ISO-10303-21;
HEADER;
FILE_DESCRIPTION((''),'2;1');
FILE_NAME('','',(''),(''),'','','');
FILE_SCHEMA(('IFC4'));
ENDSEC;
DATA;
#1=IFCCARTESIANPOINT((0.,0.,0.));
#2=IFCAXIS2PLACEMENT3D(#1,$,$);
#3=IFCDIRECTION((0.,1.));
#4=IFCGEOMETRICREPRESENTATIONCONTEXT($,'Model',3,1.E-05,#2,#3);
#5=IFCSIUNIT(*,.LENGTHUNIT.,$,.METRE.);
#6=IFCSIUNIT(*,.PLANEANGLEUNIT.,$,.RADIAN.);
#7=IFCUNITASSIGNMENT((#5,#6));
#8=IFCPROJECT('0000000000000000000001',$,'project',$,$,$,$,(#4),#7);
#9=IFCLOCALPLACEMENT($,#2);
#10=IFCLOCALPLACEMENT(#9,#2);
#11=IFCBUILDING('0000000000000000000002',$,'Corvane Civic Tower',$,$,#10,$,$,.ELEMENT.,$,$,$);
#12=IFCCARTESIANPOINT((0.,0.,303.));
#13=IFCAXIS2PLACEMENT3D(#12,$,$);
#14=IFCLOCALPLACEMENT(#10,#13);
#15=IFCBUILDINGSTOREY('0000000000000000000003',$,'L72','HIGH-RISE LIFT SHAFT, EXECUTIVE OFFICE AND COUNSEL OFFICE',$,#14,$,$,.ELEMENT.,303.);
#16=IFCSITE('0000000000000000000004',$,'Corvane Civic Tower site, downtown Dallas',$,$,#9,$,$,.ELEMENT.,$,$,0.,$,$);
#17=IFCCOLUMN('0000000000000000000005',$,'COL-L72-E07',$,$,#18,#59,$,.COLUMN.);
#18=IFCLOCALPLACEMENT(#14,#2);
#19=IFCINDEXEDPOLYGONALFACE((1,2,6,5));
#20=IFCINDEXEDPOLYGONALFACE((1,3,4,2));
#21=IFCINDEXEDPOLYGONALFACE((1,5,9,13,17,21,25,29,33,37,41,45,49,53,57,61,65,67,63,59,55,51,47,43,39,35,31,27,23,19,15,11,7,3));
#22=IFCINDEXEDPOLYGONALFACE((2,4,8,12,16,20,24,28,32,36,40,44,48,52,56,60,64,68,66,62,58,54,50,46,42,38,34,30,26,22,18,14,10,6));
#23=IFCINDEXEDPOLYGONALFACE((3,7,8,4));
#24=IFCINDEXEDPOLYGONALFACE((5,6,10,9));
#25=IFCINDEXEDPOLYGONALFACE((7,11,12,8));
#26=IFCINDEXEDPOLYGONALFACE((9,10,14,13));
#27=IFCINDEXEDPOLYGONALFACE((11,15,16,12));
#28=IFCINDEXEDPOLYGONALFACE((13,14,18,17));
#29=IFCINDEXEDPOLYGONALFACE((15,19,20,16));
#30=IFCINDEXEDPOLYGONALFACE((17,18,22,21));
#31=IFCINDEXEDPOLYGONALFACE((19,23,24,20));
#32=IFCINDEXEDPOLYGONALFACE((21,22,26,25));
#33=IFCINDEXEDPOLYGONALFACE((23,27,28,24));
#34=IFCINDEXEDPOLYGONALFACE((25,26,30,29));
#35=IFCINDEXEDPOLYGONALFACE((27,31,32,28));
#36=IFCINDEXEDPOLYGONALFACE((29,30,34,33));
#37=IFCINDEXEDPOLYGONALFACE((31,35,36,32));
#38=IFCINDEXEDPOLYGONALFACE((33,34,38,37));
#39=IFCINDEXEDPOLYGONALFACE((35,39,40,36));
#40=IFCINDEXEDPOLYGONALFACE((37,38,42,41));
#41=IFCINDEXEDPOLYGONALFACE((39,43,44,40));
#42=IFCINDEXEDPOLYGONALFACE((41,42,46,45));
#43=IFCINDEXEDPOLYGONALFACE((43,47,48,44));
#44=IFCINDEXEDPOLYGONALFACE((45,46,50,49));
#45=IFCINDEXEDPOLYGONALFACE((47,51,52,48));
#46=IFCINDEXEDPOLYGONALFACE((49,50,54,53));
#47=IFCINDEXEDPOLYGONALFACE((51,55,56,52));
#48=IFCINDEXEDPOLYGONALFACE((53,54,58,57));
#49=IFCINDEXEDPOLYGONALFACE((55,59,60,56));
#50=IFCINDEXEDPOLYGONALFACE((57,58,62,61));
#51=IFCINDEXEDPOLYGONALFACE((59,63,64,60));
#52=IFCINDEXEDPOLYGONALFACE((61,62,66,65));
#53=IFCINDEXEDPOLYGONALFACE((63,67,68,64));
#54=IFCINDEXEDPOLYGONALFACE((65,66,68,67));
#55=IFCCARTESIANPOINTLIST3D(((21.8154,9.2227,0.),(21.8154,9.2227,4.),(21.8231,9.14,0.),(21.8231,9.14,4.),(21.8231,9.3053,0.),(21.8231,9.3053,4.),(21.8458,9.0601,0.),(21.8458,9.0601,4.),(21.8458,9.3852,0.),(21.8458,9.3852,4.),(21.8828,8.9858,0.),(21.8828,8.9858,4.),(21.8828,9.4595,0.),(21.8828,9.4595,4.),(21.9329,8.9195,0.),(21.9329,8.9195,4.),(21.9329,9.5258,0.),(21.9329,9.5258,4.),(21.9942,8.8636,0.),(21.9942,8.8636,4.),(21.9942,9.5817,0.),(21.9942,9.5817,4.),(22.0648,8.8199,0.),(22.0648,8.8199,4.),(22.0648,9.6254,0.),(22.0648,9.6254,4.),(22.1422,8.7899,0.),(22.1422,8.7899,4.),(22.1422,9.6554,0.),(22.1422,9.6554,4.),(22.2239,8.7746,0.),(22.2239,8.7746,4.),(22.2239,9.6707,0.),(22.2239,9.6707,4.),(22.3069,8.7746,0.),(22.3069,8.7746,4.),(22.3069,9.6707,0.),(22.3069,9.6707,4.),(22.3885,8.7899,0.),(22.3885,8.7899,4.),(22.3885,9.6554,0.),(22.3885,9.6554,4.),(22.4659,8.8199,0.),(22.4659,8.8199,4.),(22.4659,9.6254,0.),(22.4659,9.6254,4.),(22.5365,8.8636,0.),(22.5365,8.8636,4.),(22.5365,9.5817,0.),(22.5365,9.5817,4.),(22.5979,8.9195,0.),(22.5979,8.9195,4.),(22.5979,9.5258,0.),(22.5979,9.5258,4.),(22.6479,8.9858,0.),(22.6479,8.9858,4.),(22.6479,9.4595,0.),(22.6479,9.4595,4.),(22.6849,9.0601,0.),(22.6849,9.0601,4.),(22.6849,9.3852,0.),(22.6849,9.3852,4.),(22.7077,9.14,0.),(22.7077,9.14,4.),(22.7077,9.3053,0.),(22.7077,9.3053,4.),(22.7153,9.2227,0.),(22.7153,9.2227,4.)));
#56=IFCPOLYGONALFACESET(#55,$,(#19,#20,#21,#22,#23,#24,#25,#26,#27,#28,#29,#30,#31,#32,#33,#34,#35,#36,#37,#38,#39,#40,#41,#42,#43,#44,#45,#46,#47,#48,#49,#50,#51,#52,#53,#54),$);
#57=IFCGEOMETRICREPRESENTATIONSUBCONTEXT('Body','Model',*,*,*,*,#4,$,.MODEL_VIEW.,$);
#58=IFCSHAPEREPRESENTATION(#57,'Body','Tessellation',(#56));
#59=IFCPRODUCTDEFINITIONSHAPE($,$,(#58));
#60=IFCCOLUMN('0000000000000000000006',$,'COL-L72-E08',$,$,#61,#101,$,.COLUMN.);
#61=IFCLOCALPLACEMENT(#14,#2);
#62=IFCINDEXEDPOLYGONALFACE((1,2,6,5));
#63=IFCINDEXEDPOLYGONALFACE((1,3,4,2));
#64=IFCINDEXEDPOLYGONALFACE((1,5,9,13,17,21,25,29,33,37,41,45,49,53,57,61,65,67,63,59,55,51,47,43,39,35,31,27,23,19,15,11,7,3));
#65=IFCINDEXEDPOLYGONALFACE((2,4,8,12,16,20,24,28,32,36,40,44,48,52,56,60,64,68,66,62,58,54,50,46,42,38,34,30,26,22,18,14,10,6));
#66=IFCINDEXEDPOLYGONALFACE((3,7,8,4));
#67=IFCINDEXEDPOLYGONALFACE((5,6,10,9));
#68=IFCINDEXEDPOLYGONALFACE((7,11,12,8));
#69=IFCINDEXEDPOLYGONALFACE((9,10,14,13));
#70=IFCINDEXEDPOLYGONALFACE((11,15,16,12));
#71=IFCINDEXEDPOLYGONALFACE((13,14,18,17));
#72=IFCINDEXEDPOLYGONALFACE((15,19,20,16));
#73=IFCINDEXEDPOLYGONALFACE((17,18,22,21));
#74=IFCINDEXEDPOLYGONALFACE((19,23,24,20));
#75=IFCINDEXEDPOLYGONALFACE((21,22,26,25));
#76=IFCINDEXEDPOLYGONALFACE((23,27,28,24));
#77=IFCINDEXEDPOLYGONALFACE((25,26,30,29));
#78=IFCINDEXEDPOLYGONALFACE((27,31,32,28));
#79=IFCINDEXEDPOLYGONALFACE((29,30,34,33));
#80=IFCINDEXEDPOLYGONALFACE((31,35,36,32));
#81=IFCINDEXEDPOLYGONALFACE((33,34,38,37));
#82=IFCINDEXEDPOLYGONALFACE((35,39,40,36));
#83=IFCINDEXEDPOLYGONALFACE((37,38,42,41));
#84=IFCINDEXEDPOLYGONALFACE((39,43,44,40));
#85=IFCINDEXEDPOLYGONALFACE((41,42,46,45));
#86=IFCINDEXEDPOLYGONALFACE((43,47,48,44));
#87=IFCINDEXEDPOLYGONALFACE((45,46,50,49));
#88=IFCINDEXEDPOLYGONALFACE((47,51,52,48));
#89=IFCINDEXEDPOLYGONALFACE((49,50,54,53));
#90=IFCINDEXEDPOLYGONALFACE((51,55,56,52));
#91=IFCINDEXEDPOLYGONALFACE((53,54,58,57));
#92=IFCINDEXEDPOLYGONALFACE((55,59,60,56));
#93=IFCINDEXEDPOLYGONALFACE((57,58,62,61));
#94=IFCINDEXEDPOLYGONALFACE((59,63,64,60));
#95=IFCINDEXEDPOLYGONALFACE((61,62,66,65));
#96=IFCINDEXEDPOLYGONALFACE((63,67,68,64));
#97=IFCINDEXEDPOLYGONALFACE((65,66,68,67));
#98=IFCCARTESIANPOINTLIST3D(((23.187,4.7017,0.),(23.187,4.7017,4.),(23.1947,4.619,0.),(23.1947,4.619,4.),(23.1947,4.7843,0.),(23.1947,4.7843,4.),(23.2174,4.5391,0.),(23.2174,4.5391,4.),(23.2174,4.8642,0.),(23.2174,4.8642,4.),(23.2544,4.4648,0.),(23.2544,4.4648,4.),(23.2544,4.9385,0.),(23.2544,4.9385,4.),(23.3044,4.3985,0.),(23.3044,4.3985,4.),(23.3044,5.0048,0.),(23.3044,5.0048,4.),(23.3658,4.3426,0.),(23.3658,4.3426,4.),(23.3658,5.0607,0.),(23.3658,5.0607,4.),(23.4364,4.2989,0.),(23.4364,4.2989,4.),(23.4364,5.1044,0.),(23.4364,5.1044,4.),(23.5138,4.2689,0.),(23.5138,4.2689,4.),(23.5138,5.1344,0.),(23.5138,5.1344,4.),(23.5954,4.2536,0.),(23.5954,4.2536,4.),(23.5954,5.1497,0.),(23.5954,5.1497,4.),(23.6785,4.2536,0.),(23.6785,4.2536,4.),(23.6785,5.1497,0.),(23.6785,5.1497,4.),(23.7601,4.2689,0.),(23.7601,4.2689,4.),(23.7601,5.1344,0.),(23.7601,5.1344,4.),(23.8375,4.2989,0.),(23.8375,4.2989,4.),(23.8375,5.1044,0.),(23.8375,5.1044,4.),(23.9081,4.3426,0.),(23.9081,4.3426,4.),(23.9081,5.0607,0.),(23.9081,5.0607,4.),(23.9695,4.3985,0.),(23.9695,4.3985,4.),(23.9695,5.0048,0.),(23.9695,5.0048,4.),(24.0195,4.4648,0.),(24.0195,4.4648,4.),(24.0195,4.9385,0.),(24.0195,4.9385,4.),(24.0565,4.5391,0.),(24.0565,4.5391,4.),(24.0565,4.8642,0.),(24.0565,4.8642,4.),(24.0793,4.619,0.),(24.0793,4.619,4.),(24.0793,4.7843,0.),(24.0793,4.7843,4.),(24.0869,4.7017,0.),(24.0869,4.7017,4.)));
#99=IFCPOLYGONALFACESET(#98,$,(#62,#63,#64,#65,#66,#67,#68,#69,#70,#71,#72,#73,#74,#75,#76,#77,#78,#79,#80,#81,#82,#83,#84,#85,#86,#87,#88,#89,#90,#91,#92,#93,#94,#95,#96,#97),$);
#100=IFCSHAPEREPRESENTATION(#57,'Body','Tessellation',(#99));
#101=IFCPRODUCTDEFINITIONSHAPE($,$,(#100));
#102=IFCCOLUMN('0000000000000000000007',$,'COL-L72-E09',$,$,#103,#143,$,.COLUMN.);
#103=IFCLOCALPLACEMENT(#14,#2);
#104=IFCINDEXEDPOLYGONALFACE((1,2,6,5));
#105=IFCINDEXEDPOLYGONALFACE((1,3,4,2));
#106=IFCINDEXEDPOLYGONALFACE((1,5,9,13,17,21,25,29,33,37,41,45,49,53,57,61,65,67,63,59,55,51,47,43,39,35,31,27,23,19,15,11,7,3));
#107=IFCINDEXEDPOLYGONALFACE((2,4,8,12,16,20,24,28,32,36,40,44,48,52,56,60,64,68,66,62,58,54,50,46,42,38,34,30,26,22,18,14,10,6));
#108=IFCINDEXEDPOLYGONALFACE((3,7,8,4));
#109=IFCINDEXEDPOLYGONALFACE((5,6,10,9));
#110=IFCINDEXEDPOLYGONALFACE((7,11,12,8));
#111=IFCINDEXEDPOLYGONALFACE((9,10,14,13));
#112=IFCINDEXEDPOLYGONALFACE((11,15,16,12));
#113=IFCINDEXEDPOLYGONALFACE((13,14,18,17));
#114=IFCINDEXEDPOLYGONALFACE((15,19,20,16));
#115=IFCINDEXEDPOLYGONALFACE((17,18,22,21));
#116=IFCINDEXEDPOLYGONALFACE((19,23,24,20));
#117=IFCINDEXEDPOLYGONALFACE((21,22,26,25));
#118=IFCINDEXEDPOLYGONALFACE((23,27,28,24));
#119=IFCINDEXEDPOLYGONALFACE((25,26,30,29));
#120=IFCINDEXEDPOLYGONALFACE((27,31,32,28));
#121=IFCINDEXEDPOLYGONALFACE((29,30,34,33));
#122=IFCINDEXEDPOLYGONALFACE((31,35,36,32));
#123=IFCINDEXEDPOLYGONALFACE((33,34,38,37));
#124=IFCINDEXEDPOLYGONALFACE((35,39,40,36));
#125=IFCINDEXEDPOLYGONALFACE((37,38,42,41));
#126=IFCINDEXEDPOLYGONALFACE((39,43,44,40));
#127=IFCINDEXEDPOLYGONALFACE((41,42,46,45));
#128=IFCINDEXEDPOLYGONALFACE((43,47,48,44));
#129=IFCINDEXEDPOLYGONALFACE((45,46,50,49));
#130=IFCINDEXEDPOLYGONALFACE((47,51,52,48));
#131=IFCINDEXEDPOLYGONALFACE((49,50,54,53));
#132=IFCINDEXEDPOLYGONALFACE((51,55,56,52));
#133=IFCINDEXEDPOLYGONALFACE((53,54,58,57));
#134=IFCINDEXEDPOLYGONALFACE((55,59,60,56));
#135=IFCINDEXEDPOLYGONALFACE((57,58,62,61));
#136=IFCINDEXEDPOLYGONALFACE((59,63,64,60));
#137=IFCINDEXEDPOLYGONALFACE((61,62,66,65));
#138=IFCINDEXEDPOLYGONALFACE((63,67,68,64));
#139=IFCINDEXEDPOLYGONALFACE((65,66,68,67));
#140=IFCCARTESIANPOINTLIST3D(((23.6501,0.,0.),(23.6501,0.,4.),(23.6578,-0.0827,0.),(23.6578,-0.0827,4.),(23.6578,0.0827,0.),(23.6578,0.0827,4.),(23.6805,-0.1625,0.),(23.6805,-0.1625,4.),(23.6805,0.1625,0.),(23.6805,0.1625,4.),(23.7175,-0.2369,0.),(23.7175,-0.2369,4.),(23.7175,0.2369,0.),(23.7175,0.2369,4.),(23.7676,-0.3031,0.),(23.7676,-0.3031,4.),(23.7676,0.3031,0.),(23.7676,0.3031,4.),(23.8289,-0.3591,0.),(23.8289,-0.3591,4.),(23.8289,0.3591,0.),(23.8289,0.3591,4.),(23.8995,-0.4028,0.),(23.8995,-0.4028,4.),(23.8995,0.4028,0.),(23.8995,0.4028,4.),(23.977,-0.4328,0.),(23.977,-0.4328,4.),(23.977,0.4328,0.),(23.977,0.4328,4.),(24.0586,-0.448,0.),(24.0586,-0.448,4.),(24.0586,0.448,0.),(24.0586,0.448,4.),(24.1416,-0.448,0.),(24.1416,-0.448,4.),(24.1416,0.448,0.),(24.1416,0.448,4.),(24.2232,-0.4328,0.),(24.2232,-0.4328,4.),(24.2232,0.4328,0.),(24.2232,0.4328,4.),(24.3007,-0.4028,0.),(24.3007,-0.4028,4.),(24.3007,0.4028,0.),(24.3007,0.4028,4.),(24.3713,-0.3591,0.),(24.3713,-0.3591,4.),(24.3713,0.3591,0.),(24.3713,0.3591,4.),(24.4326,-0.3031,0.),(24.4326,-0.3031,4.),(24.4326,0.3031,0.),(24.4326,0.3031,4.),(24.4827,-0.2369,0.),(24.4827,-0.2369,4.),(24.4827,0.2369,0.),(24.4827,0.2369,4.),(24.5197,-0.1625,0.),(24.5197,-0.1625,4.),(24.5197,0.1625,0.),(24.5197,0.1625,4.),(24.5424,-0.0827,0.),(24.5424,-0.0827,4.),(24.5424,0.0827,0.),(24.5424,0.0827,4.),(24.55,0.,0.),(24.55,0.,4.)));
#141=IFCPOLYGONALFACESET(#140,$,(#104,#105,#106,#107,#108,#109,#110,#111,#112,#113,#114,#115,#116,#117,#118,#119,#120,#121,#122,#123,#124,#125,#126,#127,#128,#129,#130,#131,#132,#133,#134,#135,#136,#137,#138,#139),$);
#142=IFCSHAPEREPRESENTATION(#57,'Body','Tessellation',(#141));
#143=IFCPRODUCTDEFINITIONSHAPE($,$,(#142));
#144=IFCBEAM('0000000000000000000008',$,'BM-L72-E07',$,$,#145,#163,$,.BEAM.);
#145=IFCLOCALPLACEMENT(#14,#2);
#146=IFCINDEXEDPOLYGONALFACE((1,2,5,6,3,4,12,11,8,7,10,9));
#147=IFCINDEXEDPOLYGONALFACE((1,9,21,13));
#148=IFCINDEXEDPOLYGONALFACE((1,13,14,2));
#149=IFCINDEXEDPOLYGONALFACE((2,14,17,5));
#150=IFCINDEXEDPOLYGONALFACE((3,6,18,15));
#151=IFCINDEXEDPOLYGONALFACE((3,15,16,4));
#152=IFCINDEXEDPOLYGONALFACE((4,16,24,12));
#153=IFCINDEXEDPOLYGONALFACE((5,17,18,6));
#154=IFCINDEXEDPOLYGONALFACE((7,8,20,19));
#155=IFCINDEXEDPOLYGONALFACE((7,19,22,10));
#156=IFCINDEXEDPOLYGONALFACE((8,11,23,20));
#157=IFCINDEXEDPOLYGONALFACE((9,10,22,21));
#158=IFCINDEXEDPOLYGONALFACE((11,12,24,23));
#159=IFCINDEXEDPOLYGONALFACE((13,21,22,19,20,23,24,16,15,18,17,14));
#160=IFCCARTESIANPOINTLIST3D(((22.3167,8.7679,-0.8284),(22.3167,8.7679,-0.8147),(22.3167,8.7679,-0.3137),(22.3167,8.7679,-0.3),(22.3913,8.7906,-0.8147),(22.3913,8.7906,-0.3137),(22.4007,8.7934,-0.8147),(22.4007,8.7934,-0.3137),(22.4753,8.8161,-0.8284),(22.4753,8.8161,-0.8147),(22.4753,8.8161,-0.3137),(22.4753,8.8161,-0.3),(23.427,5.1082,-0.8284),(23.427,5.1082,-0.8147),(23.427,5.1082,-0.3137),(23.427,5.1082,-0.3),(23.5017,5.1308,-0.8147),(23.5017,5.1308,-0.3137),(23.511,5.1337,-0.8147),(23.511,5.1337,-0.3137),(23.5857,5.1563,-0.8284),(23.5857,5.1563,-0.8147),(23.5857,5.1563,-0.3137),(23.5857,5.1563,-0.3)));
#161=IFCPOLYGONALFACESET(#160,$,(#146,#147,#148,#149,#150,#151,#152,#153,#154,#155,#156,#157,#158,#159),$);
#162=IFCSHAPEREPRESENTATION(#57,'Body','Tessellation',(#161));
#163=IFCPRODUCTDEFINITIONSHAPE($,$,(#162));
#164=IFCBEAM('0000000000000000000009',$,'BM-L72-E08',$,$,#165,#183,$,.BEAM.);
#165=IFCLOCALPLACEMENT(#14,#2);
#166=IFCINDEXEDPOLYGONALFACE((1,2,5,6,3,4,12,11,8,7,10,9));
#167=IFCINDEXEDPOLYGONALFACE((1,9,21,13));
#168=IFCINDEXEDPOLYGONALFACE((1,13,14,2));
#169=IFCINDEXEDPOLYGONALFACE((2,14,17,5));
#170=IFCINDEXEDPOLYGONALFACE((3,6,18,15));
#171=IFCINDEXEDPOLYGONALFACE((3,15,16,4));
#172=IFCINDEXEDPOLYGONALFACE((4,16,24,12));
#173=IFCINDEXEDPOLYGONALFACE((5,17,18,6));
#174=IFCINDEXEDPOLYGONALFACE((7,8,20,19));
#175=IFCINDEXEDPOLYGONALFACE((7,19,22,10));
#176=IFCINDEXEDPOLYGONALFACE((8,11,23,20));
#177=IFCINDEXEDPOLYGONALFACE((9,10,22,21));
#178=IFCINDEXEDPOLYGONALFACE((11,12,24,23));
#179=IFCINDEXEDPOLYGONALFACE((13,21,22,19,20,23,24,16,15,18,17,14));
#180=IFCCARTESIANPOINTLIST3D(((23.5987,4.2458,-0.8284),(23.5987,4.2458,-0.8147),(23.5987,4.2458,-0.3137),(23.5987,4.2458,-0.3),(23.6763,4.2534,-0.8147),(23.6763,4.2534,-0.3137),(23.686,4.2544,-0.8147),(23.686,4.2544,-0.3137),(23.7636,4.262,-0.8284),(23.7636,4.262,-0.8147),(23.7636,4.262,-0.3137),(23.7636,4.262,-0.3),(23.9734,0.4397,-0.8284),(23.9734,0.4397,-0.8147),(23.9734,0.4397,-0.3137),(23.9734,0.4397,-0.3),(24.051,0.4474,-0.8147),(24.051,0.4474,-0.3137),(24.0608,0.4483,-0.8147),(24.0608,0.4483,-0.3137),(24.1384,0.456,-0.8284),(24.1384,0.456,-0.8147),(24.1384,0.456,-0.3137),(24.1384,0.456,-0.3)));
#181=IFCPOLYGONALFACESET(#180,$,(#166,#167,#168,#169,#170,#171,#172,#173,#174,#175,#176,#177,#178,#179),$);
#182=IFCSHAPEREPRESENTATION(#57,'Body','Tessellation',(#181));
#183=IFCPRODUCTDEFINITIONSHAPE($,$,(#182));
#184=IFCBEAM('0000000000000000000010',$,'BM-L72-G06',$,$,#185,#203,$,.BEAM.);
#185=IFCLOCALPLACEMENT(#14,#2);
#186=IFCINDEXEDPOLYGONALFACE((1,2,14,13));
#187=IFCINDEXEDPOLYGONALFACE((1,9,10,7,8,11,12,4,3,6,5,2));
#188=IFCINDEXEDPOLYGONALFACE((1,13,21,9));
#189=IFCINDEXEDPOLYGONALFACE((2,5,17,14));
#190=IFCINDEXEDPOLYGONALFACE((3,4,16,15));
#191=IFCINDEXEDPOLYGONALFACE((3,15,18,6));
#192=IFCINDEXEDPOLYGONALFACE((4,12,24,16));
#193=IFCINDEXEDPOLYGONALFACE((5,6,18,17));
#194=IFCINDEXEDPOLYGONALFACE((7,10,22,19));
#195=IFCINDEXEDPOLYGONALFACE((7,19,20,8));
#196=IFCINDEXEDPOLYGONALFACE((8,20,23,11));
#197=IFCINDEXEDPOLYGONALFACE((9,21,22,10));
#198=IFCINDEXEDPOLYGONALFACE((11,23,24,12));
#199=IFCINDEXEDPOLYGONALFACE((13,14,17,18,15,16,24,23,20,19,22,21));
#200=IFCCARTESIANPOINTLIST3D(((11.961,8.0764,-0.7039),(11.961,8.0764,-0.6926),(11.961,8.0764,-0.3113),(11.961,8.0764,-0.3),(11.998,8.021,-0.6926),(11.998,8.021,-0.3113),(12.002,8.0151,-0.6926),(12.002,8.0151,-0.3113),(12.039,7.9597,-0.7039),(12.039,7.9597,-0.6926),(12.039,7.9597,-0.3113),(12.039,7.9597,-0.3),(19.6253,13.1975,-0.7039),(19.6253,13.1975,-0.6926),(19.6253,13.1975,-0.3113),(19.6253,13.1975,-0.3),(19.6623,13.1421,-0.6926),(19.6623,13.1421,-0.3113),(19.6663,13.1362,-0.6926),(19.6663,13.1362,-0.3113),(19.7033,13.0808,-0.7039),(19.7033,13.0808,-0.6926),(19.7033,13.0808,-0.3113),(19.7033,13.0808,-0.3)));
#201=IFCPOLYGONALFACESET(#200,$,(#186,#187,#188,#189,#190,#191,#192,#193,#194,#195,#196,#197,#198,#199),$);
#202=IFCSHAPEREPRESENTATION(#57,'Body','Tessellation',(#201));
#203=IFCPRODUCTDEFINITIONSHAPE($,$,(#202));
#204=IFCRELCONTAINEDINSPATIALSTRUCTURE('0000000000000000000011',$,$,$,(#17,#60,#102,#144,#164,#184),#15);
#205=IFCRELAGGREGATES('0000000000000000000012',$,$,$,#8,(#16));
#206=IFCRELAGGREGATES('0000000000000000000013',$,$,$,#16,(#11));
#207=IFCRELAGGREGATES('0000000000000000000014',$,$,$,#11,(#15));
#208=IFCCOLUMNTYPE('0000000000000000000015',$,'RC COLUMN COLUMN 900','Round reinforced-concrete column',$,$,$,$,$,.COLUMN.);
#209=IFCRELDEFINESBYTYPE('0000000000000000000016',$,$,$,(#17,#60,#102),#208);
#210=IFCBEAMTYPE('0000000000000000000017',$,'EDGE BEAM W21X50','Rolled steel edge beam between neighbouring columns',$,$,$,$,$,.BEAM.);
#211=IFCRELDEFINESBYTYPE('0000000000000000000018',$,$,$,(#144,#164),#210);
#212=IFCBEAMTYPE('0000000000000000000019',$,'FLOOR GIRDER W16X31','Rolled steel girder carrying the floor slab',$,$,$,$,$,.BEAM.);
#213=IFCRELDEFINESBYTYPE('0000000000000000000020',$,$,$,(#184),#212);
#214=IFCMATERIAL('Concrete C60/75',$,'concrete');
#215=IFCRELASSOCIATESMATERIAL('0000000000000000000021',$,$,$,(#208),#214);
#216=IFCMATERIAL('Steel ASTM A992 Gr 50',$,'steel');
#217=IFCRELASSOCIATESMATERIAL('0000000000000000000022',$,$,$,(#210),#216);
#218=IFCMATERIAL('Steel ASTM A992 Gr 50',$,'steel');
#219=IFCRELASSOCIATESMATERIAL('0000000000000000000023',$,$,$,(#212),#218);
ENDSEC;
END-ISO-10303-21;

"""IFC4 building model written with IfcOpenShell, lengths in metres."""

from ifc_helpers import new_model, si_unit, direction, frame, origin, origin_2d, place, context, subcontext, project, spatial, circle, i_section, extrude, material, material_profile, profile_set, type_object, element, save


model = new_model("IFC4")

# Units and contexts
model_context = context("Model", 3, precision=1e-05, world=origin(), true_north=direction((0.0, 1.0)))
body_context = subcontext(model_context, "Body", "Model", "MODEL_VIEW")
ifc_project = project(units=[si_unit("LENGTHUNIT", "METRE"), si_unit("PLANEANGLEUNIT", "RADIAN")], contexts=[model_context])

# Site, building, storey
site_placement = place(None, origin())
site = spatial("IfcSite", under=ifc_project, at=site_placement, Name="Corvane Civic Tower site, downtown Dallas", CompositionType="ELEMENT", RefElevation=0.0)
building_placement = place(site_placement, origin())
building = spatial("IfcBuilding", under=site, at=building_placement, Name="Corvane Civic Tower", CompositionType="ELEMENT")
storey_placement = place(building_placement, frame((0.0, 0.0, 303.0)))
storey = spatial("IfcBuildingStorey", under=building, at=storey_placement, Name="L72", Description="HIGH-RISE LIFT SHAFT, EXECUTIVE OFFICE AND COUNSEL OFFICE", CompositionType="ELEMENT", Elevation=303.0)

# Columns
ifc_material_1 = material(Name="Concrete C60/75", Category="concrete")
ifc_material_profile_1 = material_profile(ifc_material_1, circle(Radius=0.45, at=origin_2d()), Name="COLUMN 900")
ifc_profile_set_1 = profile_set([ifc_material_profile_1], Name="Concrete C60/75")
column_type = type_object("IfcColumnType", Name="RC COLUMN COLUMN 900", Description="Round reinforced-concrete column", PredefinedType="COLUMN", material=ifc_profile_set_1)
for number, where, z_axis, x_axis, name in (
    (1, (22.2654, 9.2227, 0.0), (0.0, 0.0, 1.0), (1.0, 0.0, 0.0), "COL-L72-E07"),
    (2, (23.637, 4.7017, 0.0), (0.0, 0.0, 1.0), (1.0, 0.0, 0.0), "COL-L72-E08"),
    (3, (24.1001, 0.0, 0.0), (0.0, 0.0, 1.0), (1.0, 0.0, 0.0), "COL-L72-E09"),
):
    element("IfcColumn", number, at=place(storey_placement, frame(where, z_axis=z_axis, x_axis=x_axis)), inside=storey, type_object=column_type, Name=name, PredefinedType="COLUMN", context=body_context, shape_type="SweptSolid", body=[
        extrude(circle(Radius=0.45, at=origin_2d()), origin(), (0.0, 0.0, 1.0), 4.0),
    ])

# Beams
ifc_material_2 = material(Name="Steel ASTM A992 Gr 50", Category="steel")
ifc_material_profile_2 = material_profile(ifc_material_2, i_section(OverallWidth=0.1658, OverallDepth=0.5283, WebThickness=0.0098, FlangeThickness=0.0137, at=origin_2d()), Name="W21X50")
ifc_profile_set_2 = profile_set([ifc_material_profile_2], Name="Steel ASTM A992 Gr 50")
beam_type_1 = type_object("IfcBeamType", Name="EDGE BEAM W21X50", Description="Rolled steel edge beam between neighbouring columns", PredefinedType="BEAM", material=ifc_profile_set_2)
for number, where, z_axis, x_axis, name in (
    (4, (22.396, 8.792, -0.5642), (0.290333, -0.956926, 0.0), (0.956926, 0.290333, 0.0), "BM-L72-E07"),
    (5, (23.6812, 4.2539, -0.5642), (0.097987, -0.995188, 0.0), (0.995188, 0.097987, 0.0), "BM-L72-E08"),
):
    element("IfcBeam", number, at=place(storey_placement, frame(where, z_axis=z_axis, x_axis=x_axis)), inside=storey, type_object=beam_type_1, Name=name, PredefinedType="BEAM", context=body_context, shape_type="SweptSolid", body=[
        extrude(i_section(OverallWidth=0.1658, OverallDepth=0.5283, WebThickness=0.0098, FlangeThickness=0.0137, at=origin_2d()), origin(), (0.0, 0.0, 1.0), 3.8245),
    ])
ifc_material_3 = material(Name="Steel ASTM A992 Gr 50", Category="steel")
ifc_material_profile_3 = material_profile(ifc_material_3, i_section(OverallWidth=0.1404, OverallDepth=0.4038, WebThickness=0.0071, FlangeThickness=0.0112, at=origin_2d()), Name="W16X31")
ifc_profile_set_3 = profile_set([ifc_material_profile_3], Name="Steel ASTM A992 Gr 50")
beam_type_2 = type_object("IfcBeamType", Name="FLOOR GIRDER W16X31", Description="Rolled steel girder carrying the floor slab", PredefinedType="BEAM", material=ifc_profile_set_3)
beam_1_placement = place(storey_placement, frame((12.0, 8.0181, -0.502), z_axis=(0.831471, 0.555568, 0.0), x_axis=(-0.555568, 0.831471, 0.0)))
element("IfcBeam", 6, at=beam_1_placement, inside=storey, type_object=beam_type_2, Name="BM-L72-G06", PredefinedType="BEAM", context=body_context, shape_type="SweptSolid", body=[
    extrude(i_section(OverallWidth=0.1404, OverallDepth=0.4038, WebThickness=0.0071, FlangeThickness=0.0112, at=origin_2d()), origin(), (0.0, 0.0, 1.0), 9.2178),
])

save(model, "model.ifc")
